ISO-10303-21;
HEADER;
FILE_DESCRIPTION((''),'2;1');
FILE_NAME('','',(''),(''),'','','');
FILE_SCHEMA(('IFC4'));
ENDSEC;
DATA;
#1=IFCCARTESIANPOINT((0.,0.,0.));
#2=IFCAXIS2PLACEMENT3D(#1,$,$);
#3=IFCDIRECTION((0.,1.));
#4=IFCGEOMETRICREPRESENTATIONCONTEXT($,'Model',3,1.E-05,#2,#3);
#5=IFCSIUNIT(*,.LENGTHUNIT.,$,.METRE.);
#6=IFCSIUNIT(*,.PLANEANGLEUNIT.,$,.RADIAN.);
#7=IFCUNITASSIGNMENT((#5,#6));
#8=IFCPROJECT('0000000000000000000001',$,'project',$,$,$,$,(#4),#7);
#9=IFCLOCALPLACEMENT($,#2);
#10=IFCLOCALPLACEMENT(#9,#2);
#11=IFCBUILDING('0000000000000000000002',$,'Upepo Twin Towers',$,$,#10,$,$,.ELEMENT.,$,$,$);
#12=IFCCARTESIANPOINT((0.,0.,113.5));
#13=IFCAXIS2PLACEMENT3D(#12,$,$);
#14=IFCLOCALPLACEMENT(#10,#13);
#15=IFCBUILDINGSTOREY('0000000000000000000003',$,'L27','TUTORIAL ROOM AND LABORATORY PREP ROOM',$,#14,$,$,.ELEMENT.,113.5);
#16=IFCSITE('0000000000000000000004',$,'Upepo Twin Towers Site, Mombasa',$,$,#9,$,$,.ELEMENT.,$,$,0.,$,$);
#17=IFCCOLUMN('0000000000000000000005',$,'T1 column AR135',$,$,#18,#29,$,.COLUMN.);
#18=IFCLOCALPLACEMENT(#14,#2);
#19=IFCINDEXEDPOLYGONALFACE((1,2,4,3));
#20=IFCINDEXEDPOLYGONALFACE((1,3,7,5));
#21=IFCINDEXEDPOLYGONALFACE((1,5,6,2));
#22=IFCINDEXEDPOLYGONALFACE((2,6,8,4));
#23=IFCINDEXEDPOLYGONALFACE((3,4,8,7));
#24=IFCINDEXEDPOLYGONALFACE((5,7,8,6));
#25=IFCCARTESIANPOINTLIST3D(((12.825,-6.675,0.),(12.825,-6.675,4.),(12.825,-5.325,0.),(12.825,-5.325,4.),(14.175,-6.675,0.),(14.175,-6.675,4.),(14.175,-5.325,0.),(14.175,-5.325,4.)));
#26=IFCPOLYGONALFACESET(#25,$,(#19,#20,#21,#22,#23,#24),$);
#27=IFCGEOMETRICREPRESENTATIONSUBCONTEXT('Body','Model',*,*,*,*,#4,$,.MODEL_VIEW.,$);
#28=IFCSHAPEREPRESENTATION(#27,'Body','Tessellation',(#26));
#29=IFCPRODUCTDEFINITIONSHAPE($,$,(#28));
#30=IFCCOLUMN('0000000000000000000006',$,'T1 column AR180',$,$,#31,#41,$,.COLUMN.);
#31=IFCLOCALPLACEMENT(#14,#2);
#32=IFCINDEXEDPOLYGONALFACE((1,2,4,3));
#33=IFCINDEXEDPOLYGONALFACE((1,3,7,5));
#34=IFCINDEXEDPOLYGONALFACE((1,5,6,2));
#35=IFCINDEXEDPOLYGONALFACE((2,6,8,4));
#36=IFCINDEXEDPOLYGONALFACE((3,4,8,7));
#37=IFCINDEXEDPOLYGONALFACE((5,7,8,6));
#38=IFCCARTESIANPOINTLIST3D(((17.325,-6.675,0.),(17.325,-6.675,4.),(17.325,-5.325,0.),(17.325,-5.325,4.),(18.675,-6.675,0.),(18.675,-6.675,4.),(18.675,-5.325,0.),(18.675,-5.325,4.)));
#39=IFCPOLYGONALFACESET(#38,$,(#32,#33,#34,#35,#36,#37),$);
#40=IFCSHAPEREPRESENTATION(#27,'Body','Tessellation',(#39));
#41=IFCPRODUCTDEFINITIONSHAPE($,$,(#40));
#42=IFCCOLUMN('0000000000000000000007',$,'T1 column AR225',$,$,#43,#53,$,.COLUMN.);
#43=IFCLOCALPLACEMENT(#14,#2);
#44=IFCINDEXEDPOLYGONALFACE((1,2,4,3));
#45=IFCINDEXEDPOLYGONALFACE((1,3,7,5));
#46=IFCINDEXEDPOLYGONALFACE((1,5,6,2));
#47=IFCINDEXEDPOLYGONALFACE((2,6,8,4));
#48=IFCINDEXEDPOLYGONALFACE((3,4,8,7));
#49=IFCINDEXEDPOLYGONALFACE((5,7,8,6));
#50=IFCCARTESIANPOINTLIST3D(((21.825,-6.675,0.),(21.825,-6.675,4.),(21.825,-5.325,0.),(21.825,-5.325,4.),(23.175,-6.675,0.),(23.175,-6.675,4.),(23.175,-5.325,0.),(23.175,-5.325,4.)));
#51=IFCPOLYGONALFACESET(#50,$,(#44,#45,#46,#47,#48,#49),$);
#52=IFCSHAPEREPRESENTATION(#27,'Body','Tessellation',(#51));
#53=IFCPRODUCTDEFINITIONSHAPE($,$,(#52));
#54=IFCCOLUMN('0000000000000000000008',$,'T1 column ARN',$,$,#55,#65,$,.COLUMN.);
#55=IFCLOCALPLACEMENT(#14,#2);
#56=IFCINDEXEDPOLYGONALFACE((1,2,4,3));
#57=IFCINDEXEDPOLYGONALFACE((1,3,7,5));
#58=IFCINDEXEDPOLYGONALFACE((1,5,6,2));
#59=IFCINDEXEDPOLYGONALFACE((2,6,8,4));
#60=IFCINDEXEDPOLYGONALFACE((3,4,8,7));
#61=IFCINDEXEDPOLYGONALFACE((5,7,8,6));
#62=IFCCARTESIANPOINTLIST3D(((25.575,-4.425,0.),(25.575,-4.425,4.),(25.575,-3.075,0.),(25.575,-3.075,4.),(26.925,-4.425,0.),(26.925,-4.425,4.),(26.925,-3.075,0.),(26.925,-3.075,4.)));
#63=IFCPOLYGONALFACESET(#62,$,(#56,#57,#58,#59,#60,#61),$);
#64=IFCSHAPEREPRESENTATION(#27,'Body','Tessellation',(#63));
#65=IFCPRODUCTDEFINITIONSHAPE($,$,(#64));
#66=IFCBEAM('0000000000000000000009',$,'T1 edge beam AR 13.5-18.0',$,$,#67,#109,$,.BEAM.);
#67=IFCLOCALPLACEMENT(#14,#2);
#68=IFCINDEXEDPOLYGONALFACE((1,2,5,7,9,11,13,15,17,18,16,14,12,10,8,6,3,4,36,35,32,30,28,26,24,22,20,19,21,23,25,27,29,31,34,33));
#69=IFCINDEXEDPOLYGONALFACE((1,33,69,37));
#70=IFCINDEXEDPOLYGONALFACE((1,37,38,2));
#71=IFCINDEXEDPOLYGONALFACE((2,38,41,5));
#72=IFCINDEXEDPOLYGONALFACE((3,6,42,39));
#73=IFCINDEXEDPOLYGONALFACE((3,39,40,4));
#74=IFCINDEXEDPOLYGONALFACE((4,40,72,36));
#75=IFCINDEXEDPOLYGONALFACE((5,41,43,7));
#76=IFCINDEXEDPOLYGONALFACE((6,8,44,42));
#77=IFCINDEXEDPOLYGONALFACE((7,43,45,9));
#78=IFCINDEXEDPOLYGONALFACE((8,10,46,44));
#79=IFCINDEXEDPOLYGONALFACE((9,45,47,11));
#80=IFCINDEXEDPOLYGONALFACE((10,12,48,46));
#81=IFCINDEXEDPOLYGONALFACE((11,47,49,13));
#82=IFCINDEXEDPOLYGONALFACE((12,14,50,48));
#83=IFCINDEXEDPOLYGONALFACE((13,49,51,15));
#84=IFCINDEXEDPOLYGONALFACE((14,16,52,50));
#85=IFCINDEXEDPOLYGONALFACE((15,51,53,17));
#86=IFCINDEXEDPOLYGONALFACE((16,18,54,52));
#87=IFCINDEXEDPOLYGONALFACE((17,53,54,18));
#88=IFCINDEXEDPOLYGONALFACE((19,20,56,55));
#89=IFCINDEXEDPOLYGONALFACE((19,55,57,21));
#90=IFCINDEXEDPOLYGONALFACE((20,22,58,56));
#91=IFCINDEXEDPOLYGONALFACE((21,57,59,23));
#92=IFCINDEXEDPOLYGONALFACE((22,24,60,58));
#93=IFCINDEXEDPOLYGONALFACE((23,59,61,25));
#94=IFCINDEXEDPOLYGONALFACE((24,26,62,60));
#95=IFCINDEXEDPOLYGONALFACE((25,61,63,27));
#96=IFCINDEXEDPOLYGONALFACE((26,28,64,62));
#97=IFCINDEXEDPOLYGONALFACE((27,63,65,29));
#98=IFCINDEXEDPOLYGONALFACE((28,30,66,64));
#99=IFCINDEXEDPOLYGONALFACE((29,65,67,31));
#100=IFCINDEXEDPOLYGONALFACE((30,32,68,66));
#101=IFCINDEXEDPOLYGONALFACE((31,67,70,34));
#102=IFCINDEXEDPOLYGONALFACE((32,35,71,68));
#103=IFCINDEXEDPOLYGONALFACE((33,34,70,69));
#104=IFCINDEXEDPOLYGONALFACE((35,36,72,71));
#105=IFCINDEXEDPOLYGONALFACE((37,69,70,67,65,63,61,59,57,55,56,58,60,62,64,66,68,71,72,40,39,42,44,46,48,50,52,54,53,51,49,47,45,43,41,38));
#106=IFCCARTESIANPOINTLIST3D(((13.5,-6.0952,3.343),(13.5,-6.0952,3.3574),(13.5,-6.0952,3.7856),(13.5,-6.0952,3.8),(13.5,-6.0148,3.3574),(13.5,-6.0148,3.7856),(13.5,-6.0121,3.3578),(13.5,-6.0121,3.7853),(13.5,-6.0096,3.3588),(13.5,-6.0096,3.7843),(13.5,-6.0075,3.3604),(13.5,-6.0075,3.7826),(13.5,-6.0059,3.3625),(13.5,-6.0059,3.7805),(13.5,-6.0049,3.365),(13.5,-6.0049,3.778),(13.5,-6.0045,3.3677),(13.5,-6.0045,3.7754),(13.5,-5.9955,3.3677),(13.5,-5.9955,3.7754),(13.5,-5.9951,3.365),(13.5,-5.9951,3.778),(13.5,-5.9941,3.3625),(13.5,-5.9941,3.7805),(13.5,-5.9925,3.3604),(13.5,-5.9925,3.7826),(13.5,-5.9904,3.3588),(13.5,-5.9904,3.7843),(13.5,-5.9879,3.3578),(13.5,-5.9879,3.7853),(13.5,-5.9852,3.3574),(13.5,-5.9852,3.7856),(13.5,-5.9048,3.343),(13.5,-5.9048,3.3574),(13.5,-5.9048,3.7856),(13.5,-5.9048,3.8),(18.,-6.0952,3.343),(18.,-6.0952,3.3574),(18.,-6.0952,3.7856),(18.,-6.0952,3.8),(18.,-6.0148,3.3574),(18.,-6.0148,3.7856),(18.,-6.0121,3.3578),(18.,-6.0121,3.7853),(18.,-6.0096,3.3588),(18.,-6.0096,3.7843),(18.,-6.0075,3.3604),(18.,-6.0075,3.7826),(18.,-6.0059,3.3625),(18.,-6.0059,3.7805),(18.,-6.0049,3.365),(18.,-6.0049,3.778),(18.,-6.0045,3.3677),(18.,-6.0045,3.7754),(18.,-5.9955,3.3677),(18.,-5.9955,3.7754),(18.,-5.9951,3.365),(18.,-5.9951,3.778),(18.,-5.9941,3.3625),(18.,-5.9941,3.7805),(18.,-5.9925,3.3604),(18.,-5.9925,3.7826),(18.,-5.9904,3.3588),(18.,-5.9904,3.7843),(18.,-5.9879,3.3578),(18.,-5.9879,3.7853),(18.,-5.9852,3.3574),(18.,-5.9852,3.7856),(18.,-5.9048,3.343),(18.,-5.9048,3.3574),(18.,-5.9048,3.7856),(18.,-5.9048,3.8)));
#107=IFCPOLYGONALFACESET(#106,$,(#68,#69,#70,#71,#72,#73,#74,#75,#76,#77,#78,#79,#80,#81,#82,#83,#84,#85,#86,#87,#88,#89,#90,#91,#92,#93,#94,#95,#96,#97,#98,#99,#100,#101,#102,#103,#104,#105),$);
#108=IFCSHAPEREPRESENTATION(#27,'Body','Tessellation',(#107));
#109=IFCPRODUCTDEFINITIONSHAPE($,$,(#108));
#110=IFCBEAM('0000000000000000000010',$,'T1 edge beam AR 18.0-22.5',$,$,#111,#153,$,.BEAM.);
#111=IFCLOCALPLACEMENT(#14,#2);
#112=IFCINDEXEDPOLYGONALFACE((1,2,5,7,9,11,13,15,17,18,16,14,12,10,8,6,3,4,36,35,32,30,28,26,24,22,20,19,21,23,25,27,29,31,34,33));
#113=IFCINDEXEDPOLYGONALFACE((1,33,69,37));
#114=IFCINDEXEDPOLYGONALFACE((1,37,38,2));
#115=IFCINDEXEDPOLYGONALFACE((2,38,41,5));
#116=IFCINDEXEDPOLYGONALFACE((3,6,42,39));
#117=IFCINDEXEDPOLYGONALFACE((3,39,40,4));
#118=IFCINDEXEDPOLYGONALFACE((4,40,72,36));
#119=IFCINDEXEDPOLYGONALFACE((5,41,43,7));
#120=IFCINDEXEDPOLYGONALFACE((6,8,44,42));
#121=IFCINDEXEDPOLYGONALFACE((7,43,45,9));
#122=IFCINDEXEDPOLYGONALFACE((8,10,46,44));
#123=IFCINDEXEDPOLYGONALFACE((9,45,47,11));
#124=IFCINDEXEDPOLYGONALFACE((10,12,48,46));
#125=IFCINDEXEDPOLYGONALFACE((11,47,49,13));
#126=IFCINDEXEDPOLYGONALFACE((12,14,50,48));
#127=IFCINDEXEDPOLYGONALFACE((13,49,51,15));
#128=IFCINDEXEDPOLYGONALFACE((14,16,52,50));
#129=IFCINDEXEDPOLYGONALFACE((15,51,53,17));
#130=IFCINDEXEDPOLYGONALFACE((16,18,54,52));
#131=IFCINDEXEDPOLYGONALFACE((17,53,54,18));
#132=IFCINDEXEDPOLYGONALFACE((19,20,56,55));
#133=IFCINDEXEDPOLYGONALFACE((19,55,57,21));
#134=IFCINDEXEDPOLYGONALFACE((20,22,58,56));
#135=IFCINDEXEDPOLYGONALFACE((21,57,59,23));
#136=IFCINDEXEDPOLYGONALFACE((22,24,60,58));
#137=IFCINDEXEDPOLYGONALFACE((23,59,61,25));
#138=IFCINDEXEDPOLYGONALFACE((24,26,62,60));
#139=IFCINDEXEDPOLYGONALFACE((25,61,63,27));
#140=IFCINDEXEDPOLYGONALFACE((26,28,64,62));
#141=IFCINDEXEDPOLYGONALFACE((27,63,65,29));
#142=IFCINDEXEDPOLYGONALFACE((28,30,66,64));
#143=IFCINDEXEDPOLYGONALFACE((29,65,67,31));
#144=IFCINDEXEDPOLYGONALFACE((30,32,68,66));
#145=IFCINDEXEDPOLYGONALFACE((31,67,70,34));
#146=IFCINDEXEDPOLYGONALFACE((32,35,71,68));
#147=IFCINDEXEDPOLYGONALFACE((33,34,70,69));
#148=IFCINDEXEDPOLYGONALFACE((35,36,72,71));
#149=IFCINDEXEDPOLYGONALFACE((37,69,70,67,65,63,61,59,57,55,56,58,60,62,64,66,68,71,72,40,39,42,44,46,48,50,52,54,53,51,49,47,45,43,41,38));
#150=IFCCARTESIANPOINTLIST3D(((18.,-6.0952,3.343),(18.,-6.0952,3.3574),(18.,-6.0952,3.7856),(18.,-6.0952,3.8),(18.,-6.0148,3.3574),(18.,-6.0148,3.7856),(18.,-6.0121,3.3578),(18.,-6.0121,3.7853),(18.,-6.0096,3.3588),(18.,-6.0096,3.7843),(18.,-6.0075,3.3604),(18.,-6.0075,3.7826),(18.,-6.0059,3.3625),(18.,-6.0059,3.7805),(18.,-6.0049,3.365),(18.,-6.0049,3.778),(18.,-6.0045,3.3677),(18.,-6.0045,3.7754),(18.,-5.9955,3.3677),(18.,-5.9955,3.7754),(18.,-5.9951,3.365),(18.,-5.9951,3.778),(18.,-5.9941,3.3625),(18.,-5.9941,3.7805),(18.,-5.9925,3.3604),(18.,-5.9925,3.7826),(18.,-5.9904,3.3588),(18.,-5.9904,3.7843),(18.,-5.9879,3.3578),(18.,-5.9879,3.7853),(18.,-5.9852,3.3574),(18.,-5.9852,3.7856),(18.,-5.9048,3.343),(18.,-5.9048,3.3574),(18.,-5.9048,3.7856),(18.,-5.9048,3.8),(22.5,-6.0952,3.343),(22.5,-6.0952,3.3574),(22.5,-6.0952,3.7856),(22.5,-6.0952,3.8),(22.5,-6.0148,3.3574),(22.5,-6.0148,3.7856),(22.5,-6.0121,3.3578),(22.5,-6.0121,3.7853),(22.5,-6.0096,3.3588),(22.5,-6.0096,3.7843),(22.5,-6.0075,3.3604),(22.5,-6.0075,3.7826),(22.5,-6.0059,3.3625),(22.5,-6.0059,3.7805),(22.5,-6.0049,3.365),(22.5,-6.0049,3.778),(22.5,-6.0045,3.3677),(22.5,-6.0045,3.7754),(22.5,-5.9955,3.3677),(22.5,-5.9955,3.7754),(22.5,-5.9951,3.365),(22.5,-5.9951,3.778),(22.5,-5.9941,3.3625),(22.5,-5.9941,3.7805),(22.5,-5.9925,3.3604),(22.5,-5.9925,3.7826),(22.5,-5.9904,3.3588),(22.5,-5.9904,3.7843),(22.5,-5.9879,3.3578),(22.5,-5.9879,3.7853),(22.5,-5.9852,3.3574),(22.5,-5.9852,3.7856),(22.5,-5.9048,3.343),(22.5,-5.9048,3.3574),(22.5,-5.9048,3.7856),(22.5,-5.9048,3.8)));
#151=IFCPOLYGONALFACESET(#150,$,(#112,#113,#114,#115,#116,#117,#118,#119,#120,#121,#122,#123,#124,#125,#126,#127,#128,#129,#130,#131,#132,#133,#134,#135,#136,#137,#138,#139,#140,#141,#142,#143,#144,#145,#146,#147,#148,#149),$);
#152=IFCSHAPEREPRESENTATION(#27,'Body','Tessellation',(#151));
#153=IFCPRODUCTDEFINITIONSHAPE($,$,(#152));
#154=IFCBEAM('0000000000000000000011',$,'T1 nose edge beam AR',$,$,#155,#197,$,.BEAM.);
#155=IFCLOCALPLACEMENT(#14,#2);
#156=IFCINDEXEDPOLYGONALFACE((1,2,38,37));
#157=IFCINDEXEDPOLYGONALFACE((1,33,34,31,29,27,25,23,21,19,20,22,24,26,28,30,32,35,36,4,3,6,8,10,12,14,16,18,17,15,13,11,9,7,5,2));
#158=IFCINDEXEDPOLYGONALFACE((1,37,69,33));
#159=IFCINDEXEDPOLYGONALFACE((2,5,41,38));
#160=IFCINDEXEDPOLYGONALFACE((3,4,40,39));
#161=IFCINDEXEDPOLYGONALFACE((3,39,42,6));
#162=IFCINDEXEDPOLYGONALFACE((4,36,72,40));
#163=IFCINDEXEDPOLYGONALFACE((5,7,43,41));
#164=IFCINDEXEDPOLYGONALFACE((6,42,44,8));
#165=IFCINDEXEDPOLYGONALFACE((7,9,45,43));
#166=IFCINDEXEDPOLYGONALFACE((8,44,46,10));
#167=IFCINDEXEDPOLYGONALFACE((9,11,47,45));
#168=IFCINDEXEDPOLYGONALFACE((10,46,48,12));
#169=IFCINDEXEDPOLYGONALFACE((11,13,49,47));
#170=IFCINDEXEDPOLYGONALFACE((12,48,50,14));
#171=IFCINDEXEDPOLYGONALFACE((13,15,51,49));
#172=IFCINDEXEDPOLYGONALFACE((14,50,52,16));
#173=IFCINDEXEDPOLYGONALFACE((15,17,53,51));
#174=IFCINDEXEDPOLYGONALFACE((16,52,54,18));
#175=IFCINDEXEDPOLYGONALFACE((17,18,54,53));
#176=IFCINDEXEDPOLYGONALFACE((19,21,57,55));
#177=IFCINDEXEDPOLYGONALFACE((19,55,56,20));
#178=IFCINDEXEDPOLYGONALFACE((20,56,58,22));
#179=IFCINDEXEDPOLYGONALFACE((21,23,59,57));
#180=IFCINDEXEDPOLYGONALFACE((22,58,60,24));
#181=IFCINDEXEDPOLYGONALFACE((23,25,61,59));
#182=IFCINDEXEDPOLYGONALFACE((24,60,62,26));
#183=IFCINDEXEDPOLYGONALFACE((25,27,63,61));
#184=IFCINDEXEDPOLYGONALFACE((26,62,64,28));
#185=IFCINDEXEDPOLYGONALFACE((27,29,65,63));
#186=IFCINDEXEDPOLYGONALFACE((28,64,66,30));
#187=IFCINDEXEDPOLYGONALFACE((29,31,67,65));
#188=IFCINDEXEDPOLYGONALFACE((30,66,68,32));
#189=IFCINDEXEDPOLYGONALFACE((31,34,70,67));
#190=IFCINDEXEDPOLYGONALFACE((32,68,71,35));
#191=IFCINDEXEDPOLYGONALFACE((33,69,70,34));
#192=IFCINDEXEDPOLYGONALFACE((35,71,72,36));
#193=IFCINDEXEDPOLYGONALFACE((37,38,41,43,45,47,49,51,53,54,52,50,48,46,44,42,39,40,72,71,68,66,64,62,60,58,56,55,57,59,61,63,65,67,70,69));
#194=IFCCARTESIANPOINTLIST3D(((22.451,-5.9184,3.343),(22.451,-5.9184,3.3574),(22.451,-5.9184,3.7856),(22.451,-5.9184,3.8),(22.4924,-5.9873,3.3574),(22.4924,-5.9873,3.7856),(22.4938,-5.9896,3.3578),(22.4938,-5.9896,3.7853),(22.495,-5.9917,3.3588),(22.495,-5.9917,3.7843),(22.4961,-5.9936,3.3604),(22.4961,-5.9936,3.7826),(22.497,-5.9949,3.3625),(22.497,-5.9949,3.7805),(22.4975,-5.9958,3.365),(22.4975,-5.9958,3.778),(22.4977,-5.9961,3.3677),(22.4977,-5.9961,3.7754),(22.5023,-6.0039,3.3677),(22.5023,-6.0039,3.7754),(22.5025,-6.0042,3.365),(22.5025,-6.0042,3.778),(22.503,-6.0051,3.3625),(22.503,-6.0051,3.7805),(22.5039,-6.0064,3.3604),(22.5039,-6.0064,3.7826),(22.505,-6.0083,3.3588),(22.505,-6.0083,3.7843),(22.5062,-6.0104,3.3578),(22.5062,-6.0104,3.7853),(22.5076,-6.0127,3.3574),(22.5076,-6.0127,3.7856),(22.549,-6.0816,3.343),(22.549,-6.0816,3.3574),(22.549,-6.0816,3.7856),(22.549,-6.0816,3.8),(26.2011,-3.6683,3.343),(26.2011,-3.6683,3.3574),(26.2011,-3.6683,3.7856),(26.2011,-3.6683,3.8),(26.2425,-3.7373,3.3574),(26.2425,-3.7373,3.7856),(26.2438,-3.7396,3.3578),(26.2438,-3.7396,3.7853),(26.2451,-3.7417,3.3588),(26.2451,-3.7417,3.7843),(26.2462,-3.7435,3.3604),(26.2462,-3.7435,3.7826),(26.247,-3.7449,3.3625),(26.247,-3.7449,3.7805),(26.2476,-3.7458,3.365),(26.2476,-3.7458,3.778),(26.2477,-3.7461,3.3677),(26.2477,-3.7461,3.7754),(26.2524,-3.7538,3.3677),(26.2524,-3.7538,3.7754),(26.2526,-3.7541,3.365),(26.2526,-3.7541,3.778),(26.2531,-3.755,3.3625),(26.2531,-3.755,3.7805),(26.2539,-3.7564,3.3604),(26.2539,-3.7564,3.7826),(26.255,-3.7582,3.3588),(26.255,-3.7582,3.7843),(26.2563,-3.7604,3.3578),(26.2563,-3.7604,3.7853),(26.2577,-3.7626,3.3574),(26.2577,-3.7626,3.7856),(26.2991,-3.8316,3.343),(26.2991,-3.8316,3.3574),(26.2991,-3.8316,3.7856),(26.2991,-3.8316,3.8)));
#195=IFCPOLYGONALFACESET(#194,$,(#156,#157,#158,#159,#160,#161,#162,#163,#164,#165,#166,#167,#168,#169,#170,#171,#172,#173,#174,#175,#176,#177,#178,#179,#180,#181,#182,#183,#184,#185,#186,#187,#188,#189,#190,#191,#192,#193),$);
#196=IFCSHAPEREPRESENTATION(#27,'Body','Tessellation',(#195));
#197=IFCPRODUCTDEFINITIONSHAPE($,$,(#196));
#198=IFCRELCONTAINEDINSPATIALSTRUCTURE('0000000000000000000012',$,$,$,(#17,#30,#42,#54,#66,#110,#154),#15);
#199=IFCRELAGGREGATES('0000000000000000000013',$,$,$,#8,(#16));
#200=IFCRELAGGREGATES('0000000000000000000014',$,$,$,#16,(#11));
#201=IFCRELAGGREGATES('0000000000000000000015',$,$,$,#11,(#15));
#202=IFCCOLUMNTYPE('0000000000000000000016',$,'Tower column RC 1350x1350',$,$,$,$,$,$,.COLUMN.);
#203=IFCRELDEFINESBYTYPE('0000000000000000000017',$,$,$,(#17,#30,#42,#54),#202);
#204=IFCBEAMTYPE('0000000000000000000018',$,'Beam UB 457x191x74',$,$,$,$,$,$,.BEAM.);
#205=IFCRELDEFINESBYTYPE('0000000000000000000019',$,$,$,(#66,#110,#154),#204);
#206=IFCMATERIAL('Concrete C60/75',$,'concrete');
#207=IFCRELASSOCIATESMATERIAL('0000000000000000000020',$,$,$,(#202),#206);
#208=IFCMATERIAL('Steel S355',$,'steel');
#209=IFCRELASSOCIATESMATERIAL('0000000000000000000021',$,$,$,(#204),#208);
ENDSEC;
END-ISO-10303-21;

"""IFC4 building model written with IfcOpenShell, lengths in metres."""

from ifc_helpers import new_model, si_unit, direction, frame, origin, origin_2d, place, context, subcontext, project, spatial, rectangle, i_section, extrude, material, material_profile, profile_set, type_object, element, save


model = new_model("IFC4")

# Units and contexts
model_context = context("Model", 3, precision=1e-05, world=origin(), true_north=direction((0.0, 1.0)))
body_context = subcontext(model_context, "Body", "Model", "MODEL_VIEW")
ifc_project = project(units=[si_unit("LENGTHUNIT", "METRE"), si_unit("PLANEANGLEUNIT", "RADIAN")], contexts=[model_context])

# Site, building, storey
site_placement = place(None, origin())
site = spatial("IfcSite", under=ifc_project, at=site_placement, Name="Upepo Twin Towers Site, Mombasa", CompositionType="ELEMENT", RefElevation=0.0)
building_placement = place(site_placement, origin())
building = spatial("IfcBuilding", under=site, at=building_placement, Name="Upepo Twin Towers", CompositionType="ELEMENT")
storey_placement = place(building_placement, frame((0.0, 0.0, 113.5)))
storey = spatial("IfcBuildingStorey", under=building, at=storey_placement, Name="L27", Description="TUTORIAL ROOM AND LABORATORY PREP ROOM", CompositionType="ELEMENT", Elevation=113.5)

# Columns
ifc_material_1 = material(Name="Concrete C60/75", Category="concrete")
ifc_material_profile_1 = material_profile(ifc_material_1, rectangle(XDim=1.3501, YDim=1.3501, at=origin_2d()), Name="RC 1350x1350")
ifc_profile_set_1 = profile_set([ifc_material_profile_1], Name="Concrete C60/75")
column_type = type_object("IfcColumnType", Name="Tower column RC 1350x1350", PredefinedType="COLUMN", material=ifc_profile_set_1)
for number, where, z_axis, x_axis, name in (
    (1, (13.5, -6.0, 0.0), (0.0, 0.0, 1.0), (1.0, 0.0, 0.0), "T1 column AR135"),
    (2, (18.0, -6.0, 0.0), (0.0, 0.0, 1.0), (1.0, 0.0, 0.0), "T1 column AR180"),
    (3, (22.5, -6.0, 0.0), (0.0, 0.0, 1.0), (1.0, 0.0, 0.0), "T1 column AR225"),
    (4, (26.25, -3.75, 0.0), (0.0, 0.0, 1.0), (1.0, 0.0, 0.0), "T1 column ARN"),
):
    element("IfcColumn", number, at=place(storey_placement, frame(where, z_axis=z_axis, x_axis=x_axis)), inside=storey, type_object=column_type, Name=name, PredefinedType="COLUMN", context=body_context, shape_type="SweptSolid", body=[
        extrude(rectangle(XDim=1.3501, YDim=1.3501, at=origin_2d()), origin(), (0.0, 0.0, 1.0), 4.0),
    ])

# Beams
ifc_material_2 = material(Name="Steel S355", Category="steel")
ifc_material_profile_2 = material_profile(ifc_material_2, i_section(OverallWidth=0.1904, OverallDepth=0.457, WebThickness=0.009, FlangeThickness=0.0144, FilletRadius=0.0103, at=origin_2d()), Name="UB 457x191x74")
ifc_profile_set_2 = profile_set([ifc_material_profile_2], Name="Steel S355")
beam_type_1 = type_object("IfcBeamType", Name="Beam UB 457x191x74", PredefinedType="BEAM", material=ifc_profile_set_2)
for number, where, z_axis, x_axis, name in (
    (5, (13.5, -6.0, 3.5715), (1.0, 0.0, 0.0), (0.0, 1.0, 0.0), "T1 edge beam AR 13.5-18.0"),
    (6, (18.0, -6.0, 3.5715), (1.0, 0.0, 0.0), (0.0, 1.0, 0.0), "T1 edge beam AR 18.0-22.5"),
):
    element("IfcBeam", number, at=place(storey_placement, frame(where, z_axis=z_axis, x_axis=x_axis)), inside=storey, type_object=beam_type_1, Name=name, PredefinedType="BEAM", context=body_context, shape_type="SweptSolid", body=[
        extrude(i_section(OverallWidth=0.1904, OverallDepth=0.457, WebThickness=0.009, FlangeThickness=0.0144, FilletRadius=0.0103, at=origin_2d()), origin(), (0.0, 0.0, 1.0), 4.5),
    ])
beam_1_placement = place(storey_placement, frame((22.5, -6.0, 3.5715), z_axis=(0.857493, 0.514496, 0.0), x_axis=(-0.514496, 0.857493, 0.0)))
element("IfcBeam", 7, at=beam_1_placement, inside=storey, type_object=beam_type_1, Name="T1 nose edge beam AR", PredefinedType="BEAM", context=body_context, shape_type="SweptSolid", body=[
    extrude(i_section(OverallWidth=0.1904, OverallDepth=0.457, WebThickness=0.009, FlangeThickness=0.0144, FilletRadius=0.0103, at=origin_2d()), origin(), (0.0, 0.0, 1.0), 4.3733),
])

save(model, "model.ifc")
